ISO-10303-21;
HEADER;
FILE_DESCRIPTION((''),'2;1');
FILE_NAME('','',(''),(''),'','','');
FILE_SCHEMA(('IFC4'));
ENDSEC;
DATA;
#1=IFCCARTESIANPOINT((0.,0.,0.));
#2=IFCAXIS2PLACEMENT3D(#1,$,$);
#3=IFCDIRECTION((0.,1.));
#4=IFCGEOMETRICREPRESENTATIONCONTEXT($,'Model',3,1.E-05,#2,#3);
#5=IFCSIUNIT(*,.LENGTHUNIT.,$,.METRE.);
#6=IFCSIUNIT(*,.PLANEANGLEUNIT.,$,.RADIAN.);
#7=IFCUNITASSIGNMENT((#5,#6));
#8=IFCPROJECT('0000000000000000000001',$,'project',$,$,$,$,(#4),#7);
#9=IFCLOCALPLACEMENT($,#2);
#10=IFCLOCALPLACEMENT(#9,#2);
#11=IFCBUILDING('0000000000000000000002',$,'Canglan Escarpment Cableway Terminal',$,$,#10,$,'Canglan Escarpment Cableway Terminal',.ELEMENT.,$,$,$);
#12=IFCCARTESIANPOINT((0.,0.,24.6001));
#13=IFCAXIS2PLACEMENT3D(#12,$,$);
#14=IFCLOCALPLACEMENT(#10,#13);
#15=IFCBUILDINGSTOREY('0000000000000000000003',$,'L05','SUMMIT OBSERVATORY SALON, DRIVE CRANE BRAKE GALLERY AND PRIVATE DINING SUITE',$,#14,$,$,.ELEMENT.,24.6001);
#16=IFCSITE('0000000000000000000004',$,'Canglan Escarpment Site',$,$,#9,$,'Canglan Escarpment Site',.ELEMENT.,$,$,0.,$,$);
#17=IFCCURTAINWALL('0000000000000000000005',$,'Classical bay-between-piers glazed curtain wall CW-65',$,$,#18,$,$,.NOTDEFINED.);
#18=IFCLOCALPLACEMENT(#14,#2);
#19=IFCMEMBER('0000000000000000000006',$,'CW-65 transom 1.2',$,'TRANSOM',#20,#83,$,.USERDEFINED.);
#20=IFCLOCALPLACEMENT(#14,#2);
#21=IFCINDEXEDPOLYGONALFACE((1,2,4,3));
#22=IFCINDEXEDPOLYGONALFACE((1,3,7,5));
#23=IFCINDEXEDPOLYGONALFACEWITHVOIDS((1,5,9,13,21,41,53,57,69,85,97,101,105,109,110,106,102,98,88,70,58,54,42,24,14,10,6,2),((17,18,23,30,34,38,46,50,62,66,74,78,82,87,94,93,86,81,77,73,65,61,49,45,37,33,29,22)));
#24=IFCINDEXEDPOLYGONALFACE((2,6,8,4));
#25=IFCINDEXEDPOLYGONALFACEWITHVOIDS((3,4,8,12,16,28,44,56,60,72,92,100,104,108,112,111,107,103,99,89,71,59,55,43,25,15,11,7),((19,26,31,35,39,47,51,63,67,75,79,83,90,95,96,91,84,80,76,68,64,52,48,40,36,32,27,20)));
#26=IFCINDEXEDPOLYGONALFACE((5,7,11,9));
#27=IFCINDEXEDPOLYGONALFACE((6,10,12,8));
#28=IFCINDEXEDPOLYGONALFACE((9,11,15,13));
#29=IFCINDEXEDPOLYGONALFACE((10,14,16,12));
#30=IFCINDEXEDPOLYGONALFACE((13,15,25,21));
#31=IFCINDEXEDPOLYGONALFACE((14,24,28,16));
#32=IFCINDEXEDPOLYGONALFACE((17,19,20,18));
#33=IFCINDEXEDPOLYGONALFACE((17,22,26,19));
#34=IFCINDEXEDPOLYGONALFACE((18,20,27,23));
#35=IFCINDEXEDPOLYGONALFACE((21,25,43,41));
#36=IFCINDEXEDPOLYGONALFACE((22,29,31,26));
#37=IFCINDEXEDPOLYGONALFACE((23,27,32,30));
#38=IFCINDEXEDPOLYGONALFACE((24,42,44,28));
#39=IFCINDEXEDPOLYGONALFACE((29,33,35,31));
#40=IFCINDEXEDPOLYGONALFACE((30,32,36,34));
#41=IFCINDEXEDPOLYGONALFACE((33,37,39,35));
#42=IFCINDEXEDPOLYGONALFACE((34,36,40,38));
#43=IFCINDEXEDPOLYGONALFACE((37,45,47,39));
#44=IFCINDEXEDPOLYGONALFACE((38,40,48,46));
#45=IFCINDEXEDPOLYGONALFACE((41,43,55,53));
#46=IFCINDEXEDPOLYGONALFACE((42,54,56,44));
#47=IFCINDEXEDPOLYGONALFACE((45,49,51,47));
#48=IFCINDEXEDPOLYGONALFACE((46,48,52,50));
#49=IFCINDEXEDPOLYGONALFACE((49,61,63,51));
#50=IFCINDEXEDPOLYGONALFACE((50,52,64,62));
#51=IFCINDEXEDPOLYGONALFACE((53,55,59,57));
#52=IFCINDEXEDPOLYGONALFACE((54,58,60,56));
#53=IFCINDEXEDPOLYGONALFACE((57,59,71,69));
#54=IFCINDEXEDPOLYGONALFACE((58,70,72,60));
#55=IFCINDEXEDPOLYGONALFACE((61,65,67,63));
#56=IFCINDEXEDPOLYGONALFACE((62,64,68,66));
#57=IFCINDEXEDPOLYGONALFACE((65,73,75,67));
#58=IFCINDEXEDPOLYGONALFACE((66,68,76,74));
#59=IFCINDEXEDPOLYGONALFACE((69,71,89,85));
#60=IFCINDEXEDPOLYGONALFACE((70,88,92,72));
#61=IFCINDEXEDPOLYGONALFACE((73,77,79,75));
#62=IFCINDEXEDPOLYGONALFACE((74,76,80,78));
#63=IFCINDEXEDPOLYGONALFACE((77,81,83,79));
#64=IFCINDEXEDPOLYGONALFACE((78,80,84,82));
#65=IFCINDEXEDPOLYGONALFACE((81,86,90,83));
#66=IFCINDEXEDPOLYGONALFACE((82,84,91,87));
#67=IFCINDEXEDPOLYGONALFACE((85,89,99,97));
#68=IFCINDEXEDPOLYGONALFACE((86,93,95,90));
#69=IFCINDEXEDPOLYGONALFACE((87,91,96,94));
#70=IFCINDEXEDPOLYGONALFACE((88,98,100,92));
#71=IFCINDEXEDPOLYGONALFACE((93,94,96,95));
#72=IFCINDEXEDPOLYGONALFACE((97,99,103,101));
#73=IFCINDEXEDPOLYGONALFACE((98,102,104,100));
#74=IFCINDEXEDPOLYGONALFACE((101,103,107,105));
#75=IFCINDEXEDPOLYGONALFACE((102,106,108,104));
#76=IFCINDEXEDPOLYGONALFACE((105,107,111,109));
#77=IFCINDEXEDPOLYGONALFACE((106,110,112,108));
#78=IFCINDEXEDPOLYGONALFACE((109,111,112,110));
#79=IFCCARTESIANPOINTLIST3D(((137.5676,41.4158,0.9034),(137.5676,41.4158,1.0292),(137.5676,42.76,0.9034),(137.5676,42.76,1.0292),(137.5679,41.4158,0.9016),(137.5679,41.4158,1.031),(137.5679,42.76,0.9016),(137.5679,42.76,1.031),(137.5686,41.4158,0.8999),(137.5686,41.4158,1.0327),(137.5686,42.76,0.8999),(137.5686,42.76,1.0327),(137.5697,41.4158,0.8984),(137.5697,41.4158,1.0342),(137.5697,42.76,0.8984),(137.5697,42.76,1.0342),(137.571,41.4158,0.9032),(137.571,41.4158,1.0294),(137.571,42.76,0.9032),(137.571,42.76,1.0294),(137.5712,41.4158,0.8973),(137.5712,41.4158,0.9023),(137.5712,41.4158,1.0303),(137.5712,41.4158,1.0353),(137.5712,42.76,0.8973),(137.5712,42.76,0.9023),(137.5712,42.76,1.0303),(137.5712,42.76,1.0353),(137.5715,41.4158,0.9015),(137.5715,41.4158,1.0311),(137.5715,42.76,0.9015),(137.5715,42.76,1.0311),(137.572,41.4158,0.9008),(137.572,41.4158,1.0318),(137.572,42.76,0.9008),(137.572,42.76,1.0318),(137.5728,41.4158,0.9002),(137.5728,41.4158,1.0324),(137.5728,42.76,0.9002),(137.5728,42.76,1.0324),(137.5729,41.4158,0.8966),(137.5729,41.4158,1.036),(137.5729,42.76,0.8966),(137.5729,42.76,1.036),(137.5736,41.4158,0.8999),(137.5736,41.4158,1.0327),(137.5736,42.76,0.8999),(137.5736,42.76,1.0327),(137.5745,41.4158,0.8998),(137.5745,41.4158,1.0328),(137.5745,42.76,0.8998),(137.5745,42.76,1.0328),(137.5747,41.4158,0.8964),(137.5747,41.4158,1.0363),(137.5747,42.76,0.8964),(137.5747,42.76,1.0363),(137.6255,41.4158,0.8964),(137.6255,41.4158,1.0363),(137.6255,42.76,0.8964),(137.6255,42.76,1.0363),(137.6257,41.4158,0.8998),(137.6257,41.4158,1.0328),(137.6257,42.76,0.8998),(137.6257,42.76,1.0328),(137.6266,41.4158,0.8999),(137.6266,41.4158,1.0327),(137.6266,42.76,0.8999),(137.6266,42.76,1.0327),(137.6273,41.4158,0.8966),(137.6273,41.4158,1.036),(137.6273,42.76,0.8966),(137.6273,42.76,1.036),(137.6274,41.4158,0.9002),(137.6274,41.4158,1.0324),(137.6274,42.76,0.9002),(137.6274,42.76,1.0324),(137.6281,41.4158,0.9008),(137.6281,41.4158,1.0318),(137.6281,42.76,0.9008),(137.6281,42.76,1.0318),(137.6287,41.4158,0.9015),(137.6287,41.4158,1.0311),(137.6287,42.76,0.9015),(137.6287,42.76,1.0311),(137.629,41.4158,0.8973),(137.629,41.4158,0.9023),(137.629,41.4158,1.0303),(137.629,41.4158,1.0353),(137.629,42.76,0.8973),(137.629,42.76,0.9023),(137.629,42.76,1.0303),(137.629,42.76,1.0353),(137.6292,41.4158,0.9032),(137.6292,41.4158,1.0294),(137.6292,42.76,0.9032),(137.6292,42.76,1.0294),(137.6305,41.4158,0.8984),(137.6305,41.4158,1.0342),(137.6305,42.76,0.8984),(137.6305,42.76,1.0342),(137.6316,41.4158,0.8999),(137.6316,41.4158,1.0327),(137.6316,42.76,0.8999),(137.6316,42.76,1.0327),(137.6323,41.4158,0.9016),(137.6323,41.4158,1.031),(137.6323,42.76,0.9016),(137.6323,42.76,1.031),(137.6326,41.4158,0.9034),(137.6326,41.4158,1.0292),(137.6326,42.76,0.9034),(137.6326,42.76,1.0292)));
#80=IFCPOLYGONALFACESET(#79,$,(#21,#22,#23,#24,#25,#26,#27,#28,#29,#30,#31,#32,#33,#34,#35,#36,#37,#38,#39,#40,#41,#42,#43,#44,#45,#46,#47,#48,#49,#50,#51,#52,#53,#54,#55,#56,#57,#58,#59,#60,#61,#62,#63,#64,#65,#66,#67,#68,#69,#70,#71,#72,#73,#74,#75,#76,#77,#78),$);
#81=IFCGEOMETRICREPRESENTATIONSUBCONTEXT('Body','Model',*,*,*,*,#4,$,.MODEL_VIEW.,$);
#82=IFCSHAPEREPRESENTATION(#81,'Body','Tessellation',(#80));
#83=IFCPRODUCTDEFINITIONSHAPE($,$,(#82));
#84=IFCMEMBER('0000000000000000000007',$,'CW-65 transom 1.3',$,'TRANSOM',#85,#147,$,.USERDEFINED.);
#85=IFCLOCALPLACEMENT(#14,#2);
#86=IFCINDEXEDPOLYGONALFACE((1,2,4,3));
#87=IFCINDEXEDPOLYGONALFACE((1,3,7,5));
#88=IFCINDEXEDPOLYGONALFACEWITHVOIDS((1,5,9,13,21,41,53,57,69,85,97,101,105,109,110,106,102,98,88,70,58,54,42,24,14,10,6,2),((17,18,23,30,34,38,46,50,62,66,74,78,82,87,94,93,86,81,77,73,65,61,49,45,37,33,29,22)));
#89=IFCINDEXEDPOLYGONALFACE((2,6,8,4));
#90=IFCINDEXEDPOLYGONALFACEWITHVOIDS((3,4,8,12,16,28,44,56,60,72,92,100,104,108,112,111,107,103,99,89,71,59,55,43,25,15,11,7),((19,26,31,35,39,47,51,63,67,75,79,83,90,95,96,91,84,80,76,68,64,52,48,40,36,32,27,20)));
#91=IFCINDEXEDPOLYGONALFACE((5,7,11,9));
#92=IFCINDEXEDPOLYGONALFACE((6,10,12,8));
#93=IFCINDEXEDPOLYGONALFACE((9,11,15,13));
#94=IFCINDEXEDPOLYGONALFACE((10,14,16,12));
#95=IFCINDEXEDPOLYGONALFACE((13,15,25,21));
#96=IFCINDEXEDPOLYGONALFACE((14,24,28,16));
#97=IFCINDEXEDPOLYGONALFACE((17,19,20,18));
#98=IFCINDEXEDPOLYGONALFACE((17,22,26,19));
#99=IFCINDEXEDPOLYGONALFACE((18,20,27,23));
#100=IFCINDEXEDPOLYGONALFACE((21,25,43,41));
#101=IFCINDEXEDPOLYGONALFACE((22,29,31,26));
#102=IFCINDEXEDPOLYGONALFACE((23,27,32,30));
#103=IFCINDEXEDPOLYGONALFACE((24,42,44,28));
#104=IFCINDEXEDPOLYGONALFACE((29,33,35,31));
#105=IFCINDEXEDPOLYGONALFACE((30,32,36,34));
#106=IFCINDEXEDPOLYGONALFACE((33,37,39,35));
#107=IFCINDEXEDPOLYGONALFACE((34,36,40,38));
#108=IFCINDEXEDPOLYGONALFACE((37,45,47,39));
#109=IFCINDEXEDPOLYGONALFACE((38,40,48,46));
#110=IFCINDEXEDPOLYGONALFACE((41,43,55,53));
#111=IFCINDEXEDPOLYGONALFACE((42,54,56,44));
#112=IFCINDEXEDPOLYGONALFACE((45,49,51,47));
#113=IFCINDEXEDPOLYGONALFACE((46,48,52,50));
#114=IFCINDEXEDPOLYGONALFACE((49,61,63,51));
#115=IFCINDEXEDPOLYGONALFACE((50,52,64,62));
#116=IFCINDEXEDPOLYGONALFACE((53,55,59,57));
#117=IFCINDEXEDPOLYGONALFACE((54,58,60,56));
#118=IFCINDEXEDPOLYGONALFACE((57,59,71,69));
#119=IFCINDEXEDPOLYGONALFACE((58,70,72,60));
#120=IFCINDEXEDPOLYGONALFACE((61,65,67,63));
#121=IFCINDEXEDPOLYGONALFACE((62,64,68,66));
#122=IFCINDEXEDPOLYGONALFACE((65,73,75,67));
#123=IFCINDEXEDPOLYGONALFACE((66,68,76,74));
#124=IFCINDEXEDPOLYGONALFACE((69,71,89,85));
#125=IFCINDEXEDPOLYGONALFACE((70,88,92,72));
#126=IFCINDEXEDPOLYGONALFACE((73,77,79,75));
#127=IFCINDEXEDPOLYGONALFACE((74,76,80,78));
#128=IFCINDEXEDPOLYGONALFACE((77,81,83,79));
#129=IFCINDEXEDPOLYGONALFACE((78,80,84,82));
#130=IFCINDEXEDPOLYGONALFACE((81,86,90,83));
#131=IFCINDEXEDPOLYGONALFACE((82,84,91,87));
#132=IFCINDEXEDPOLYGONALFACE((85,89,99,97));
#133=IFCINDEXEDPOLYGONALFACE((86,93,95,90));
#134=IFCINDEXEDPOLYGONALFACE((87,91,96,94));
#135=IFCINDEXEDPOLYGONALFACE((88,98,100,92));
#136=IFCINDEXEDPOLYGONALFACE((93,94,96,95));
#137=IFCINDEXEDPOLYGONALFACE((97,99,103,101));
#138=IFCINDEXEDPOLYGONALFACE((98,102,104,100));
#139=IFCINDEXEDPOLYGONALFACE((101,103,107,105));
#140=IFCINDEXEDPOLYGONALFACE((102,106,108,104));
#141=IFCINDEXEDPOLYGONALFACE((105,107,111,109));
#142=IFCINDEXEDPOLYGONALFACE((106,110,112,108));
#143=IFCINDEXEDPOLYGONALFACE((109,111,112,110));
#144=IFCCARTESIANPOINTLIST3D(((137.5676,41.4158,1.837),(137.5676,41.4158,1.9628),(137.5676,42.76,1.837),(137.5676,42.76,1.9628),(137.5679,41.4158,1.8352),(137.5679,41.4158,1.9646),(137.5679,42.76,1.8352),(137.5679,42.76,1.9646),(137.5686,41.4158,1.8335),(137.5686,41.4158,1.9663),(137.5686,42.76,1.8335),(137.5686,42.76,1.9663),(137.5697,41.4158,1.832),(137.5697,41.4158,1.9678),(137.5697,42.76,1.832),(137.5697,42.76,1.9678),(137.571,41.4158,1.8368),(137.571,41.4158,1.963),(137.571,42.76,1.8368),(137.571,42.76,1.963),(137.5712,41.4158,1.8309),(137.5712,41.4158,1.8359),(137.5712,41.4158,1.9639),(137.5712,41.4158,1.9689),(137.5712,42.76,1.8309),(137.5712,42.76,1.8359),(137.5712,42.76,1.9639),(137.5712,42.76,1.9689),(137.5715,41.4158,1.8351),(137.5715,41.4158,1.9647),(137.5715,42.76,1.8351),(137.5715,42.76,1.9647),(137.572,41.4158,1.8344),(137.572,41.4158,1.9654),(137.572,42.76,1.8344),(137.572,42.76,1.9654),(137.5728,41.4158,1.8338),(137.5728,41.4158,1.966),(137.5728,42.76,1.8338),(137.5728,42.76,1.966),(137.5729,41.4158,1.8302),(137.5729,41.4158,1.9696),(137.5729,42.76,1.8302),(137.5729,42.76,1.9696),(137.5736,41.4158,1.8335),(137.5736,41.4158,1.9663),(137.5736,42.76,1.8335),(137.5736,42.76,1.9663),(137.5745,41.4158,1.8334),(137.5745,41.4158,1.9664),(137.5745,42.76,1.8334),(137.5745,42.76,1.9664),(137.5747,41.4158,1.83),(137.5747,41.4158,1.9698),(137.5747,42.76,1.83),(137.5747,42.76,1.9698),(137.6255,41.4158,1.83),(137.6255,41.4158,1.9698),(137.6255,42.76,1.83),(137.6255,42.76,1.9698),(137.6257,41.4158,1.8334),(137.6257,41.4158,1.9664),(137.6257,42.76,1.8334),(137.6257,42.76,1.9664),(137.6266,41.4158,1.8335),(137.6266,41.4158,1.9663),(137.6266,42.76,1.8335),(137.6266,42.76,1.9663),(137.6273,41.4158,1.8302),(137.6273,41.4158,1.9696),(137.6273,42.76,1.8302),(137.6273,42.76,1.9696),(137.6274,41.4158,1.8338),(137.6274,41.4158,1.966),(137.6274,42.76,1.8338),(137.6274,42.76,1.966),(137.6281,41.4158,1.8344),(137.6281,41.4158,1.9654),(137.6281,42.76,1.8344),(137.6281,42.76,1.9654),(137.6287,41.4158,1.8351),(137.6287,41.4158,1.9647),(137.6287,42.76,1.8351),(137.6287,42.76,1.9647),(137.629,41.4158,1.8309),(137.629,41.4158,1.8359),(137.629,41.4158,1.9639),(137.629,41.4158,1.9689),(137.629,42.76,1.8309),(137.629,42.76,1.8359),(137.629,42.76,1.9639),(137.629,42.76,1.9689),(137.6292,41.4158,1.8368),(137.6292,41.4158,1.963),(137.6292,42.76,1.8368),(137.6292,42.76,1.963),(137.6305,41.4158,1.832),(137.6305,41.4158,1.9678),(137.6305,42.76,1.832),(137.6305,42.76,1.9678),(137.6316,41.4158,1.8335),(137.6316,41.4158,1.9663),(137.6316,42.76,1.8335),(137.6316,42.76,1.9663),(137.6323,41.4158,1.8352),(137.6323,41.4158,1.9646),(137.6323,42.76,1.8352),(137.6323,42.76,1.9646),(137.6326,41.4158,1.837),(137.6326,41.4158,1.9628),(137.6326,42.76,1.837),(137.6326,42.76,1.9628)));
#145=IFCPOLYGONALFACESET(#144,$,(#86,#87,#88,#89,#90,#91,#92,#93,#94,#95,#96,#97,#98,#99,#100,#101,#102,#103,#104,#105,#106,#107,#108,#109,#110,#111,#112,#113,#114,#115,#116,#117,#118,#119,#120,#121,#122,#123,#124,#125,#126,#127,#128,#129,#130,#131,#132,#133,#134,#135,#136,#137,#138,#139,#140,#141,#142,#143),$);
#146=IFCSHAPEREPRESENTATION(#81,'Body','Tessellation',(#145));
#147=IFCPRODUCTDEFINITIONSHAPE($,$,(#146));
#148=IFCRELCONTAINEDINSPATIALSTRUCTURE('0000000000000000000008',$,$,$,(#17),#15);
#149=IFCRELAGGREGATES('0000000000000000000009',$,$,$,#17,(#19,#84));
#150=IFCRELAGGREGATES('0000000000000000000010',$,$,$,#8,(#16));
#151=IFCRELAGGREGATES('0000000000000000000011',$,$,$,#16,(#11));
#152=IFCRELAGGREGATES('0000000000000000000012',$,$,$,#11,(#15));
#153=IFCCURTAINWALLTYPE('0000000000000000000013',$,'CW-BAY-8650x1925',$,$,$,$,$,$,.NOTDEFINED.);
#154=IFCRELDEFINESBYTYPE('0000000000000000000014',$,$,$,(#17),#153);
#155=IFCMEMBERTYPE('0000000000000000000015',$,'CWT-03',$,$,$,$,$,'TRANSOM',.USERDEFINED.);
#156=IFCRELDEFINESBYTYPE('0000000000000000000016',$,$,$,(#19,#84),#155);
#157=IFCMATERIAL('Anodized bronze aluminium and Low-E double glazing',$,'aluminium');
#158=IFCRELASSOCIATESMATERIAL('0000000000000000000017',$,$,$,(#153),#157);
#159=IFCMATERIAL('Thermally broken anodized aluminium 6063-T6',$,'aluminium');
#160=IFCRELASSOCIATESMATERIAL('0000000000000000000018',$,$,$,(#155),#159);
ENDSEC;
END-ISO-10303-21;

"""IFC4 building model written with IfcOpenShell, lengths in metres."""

from ifc_helpers import new_model, si_unit, direction, frame, origin, origin_2d, place, context, subcontext, project, spatial, hollow_rectangle, extrude, material, material_profile, profile_set, type_object, element, aggregate, save


model = new_model("IFC4")

# Units and contexts
model_context = context("Model", 3, precision=1e-05, world=origin(), true_north=direction((0.0, 1.0)))
body_context = subcontext(model_context, "Body", "Model", "MODEL_VIEW")
ifc_project = project(units=[si_unit("LENGTHUNIT", "METRE"), si_unit("PLANEANGLEUNIT", "RADIAN")], contexts=[model_context])

# Site, building, storey
site_placement = place(None, origin())
site = spatial("IfcSite", under=ifc_project, at=site_placement, Name="Canglan Escarpment Site", LongName="Canglan Escarpment Site", CompositionType="ELEMENT", RefElevation=0.0)
building_placement = place(site_placement, origin())
building = spatial("IfcBuilding", under=site, at=building_placement, Name="Canglan Escarpment Cableway Terminal", LongName="Canglan Escarpment Cableway Terminal", CompositionType="ELEMENT")
storey_placement = place(building_placement, frame((0.0, 0.0, 24.6001)))
storey = spatial("IfcBuildingStorey", under=building, at=storey_placement, Name="L05", Description="SUMMIT OBSERVATORY SALON, DRIVE CRANE BRAKE GALLERY AND PRIVATE DINING SUITE", CompositionType="ELEMENT", Elevation=24.6001)

# Curtain wall
ifc_material_1 = material(Name="Anodized bronze aluminium and Low-E double glazing", Category="aluminium")
curtain_wall_type = type_object("IfcCurtainWallType", Name="CW-BAY-8650x1925", PredefinedType="NOTDEFINED", material=ifc_material_1)
ifc_material_2 = material(Name="Thermally broken anodized aluminium 6063-T6", Category="aluminium")
curtain_wall_1_placement = place(storey_placement, origin())
curtain_wall_1 = element("IfcCurtainWall", 1, at=curtain_wall_1_placement, inside=storey, type_object=curtain_wall_type, Name="Classical bay-between-piers glazed curtain wall CW-65", PredefinedType="NOTDEFINED")

# Members
ifc_material_profile_1 = material_profile(ifc_material_2, hollow_rectangle(XDim=0.0649, YDim=0.1399, WallThickness=0.0034, InnerFilletRadius=0.0034, OuterFilletRadius=0.0071, at=origin_2d()), Name="ALU-TRAN 65x140x3.5")
ifc_profile_set_1 = profile_set([ifc_material_profile_1], Name="Thermally broken anodized aluminium 6063-T6")
member_type_1 = type_object("IfcMemberType", Name="CWT-03", ElementType="TRANSOM", PredefinedType="USERDEFINED", material=ifc_profile_set_1)
member_1_placement = place(storey_placement, frame((137.6001, 42.76, 0.9663), z_axis=(0.0, -1.0, 0.0), x_axis=(1.0, 0.0, 0.0)))
member_1 = element("IfcMember", 2, at=member_1_placement, type_object=member_type_1, Name="CW-65 transom 1.2", ObjectType="TRANSOM", PredefinedType="USERDEFINED", context=body_context, shape_type="SweptSolid", body=[
    extrude(hollow_rectangle(XDim=0.0649, YDim=0.1399, WallThickness=0.0034, InnerFilletRadius=0.0034, OuterFilletRadius=0.0071, at=origin_2d()), origin(), (0.0, 0.0, 1.0), 1.3442),
])
member_2_placement = place(storey_placement, frame((137.6001, 42.76, 1.8999), z_axis=(0.0, -1.0, 0.0), x_axis=(1.0, 0.0, 0.0)))
member_2 = element("IfcMember", 3, at=member_2_placement, type_object=member_type_1, Name="CW-65 transom 1.3", ObjectType="TRANSOM", PredefinedType="USERDEFINED", context=body_context, shape_type="SweptSolid", body=[
    extrude(hollow_rectangle(XDim=0.0649, YDim=0.1399, WallThickness=0.0034, InnerFilletRadius=0.0034, OuterFilletRadius=0.0071, at=origin_2d()), origin(), (0.0, 0.0, 1.0), 1.3442),
])

aggregate(curtain_wall_1, [member_1, member_2])

save(model, "model.ifc")
